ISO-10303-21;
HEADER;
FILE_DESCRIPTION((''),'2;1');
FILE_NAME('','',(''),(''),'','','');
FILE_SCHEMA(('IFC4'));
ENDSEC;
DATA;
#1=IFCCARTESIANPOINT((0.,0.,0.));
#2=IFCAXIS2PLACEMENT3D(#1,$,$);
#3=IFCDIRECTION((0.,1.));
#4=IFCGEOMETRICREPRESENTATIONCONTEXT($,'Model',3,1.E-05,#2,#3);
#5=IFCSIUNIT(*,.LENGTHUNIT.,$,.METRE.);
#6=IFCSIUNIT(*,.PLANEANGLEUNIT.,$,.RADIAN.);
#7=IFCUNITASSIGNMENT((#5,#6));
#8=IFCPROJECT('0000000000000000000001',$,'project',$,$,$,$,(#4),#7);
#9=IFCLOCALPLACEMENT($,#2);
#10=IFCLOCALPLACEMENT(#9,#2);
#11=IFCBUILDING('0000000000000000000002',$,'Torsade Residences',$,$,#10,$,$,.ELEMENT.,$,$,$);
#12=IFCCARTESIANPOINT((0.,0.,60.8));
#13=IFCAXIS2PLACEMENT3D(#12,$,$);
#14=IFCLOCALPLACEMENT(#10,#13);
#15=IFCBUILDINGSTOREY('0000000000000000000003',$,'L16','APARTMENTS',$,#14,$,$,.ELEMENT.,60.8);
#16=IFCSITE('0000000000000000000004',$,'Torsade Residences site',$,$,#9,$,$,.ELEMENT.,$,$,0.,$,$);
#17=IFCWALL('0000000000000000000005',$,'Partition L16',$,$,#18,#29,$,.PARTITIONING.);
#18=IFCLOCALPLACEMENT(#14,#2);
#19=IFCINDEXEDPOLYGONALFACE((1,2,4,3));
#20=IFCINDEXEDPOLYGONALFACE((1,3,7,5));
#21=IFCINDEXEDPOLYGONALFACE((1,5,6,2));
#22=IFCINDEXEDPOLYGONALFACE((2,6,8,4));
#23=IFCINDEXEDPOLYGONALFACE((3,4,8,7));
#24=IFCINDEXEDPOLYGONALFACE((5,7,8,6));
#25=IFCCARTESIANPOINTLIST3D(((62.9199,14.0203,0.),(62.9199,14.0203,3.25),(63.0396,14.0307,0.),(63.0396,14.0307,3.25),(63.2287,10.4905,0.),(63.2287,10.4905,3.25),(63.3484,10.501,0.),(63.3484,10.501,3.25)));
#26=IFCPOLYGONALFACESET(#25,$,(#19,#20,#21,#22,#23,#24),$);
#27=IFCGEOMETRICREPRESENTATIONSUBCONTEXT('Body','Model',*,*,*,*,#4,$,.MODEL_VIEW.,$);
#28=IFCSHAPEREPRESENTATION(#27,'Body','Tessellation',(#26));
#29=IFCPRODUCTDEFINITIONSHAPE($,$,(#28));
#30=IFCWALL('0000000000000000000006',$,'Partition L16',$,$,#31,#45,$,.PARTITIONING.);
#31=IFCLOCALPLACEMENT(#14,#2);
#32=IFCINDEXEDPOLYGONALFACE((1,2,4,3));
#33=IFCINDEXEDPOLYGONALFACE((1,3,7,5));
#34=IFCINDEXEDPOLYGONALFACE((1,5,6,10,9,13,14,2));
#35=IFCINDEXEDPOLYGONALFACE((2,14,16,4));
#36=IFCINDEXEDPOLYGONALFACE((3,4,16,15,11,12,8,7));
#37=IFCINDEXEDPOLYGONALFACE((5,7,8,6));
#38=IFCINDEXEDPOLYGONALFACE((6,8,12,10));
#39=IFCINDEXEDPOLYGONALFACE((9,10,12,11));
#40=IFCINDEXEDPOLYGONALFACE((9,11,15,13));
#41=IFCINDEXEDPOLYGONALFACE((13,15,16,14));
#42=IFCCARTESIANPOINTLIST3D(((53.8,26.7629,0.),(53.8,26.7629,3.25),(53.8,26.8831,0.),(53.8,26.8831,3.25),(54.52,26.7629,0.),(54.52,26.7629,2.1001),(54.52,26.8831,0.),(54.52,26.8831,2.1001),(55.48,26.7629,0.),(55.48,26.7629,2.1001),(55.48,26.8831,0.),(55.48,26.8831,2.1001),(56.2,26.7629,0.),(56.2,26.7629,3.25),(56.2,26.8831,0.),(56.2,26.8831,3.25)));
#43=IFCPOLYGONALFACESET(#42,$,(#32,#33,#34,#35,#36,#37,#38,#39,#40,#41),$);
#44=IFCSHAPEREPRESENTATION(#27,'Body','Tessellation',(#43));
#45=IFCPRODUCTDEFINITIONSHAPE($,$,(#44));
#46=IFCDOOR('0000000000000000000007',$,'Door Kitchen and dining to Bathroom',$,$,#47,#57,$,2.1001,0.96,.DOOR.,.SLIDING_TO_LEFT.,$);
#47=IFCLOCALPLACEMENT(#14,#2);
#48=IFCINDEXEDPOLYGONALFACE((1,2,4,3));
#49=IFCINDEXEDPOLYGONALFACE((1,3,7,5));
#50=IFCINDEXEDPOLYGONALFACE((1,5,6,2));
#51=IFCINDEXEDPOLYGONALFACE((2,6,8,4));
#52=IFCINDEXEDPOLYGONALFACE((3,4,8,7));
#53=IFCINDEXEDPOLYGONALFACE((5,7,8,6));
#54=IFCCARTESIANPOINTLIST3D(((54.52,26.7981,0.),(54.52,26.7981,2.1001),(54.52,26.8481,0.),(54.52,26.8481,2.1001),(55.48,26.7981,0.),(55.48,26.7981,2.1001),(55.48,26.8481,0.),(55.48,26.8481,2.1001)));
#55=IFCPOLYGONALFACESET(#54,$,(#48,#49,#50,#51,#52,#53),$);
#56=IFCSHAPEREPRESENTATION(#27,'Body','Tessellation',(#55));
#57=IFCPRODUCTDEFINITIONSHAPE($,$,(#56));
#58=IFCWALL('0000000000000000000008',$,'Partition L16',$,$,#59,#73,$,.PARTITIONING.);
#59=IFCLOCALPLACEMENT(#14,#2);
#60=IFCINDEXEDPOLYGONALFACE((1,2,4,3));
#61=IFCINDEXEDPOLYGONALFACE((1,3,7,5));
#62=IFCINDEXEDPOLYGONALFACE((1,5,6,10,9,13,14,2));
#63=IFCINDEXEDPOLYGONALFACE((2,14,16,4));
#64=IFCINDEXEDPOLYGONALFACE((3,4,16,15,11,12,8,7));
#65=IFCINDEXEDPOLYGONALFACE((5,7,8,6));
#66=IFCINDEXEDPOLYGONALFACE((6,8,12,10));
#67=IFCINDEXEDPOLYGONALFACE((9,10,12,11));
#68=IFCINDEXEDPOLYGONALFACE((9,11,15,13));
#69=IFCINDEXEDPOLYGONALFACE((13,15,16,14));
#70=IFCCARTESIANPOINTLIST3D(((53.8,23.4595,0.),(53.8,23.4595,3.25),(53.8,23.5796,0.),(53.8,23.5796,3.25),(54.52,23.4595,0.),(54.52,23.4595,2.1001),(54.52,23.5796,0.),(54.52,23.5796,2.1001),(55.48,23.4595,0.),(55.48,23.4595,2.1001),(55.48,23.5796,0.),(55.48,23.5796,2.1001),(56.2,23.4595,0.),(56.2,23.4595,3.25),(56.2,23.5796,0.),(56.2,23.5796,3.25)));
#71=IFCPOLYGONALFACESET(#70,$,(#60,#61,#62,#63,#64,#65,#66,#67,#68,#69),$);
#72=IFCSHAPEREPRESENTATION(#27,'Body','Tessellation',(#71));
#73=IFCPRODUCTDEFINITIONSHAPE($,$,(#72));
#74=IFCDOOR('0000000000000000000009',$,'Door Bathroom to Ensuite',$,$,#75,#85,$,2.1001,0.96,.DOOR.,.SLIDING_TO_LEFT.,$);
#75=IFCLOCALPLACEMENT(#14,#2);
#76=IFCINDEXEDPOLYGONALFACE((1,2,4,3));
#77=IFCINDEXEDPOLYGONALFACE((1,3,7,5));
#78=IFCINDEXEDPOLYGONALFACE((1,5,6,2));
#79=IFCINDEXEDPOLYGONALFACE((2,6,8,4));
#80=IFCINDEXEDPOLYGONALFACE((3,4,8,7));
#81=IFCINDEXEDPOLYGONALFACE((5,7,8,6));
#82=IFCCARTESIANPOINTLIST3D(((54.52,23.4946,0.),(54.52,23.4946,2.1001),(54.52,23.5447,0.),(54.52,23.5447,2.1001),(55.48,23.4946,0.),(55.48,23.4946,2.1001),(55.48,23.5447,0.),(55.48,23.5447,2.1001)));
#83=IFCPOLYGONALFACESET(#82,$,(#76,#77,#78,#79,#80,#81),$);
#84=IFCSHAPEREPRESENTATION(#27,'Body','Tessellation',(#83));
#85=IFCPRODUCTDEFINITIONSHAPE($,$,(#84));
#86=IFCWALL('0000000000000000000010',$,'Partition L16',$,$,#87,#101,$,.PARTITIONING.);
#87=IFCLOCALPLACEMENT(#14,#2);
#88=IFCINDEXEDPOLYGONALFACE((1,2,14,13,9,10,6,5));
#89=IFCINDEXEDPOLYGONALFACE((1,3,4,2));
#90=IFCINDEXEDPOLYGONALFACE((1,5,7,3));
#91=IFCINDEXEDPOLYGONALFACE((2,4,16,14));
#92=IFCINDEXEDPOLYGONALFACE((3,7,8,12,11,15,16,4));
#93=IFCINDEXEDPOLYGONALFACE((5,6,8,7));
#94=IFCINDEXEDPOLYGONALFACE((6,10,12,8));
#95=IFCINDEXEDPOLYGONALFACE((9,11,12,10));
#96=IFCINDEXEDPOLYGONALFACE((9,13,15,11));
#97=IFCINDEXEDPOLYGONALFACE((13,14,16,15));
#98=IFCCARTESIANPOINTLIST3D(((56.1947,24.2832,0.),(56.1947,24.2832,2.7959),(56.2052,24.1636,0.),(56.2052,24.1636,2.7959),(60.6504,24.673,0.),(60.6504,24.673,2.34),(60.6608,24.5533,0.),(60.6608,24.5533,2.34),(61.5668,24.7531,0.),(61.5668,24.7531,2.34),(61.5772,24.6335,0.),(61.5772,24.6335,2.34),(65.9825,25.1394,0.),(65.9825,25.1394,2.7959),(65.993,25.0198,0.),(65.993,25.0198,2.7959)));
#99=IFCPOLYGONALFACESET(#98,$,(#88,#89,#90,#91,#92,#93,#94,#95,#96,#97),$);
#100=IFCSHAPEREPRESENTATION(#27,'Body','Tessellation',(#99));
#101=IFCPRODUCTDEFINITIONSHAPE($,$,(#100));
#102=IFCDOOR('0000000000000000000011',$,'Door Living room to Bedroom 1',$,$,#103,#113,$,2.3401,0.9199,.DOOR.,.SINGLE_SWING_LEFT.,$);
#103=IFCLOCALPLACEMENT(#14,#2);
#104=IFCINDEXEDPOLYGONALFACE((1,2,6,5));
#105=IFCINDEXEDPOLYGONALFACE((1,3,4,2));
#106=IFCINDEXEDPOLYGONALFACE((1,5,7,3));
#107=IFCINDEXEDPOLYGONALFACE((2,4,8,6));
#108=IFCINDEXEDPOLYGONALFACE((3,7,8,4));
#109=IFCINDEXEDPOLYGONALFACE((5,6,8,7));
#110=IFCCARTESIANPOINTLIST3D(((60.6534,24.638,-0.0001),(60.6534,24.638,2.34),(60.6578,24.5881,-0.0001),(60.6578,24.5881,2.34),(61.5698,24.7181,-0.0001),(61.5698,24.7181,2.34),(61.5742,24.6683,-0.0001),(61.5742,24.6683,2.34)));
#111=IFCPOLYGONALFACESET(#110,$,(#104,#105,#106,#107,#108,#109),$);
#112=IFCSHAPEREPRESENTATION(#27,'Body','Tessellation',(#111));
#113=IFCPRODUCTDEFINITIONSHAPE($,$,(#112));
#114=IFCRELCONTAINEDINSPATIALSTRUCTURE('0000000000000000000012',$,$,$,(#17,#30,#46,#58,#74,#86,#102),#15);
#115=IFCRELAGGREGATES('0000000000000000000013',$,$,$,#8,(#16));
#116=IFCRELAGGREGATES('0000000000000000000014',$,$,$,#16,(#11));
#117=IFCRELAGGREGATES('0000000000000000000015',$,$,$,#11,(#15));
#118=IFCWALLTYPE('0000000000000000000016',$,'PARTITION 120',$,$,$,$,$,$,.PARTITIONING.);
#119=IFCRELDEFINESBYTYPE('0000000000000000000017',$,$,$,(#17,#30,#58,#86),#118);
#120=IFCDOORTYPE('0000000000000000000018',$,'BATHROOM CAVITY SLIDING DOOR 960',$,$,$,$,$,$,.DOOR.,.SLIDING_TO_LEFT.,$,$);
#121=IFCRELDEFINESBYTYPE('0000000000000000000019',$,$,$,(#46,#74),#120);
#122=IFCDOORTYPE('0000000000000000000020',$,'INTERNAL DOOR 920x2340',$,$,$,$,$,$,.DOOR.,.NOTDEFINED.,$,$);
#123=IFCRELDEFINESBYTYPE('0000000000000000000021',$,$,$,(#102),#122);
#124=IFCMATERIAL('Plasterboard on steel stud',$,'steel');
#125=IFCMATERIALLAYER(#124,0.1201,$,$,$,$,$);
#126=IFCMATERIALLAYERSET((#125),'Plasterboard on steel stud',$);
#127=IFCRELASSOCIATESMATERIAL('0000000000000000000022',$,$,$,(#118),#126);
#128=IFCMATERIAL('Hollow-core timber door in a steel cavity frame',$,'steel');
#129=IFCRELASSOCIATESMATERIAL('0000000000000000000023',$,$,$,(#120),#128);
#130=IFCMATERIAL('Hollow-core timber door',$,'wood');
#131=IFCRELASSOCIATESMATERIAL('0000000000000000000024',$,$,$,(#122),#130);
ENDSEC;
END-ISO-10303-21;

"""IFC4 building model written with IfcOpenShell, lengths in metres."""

from ifc_helpers import new_model, si_unit, direction, frame, frame_2d, origin, place, context, subcontext, project, spatial, rectangle, extrude, material, layer, layer_set, type_object, element, fill, save


model = new_model("IFC4")

# Units and contexts
model_context = context("Model", 3, precision=1e-05, world=origin(), true_north=direction((0.0, 1.0)))
body_context = subcontext(model_context, "Body", "Model", "MODEL_VIEW")
ifc_project = project(units=[si_unit("LENGTHUNIT", "METRE"), si_unit("PLANEANGLEUNIT", "RADIAN")], contexts=[model_context])

# Site, building, storey
site_placement = place(None, origin())
site = spatial("IfcSite", under=ifc_project, at=site_placement, Name="Torsade Residences site", CompositionType="ELEMENT", RefElevation=0.0)
building_placement = place(site_placement, origin())
building = spatial("IfcBuilding", under=site, at=building_placement, Name="Torsade Residences", CompositionType="ELEMENT")
storey_placement = place(building_placement, frame((0.0, 0.0, 60.8)))
storey = spatial("IfcBuildingStorey", under=building, at=storey_placement, Name="L16", Description="APARTMENTS", CompositionType="ELEMENT", Elevation=60.8)

# Shared definitions
ifc_material_1 = material(Name="Plasterboard on steel stud", Category="steel")
ifc_layer_1 = layer(ifc_material_1, 0.1201)
ifc_layer_set_1 = layer_set([ifc_layer_1], Name="Plasterboard on steel stud")
wall_type_1 = type_object("IfcWallType", Name="PARTITION 120", PredefinedType="PARTITIONING", material=ifc_layer_set_1)
ifc_material_2 = material(Name="Hollow-core timber door in a steel cavity frame", Category="steel")
door_type_1 = type_object("IfcDoorType", Name="BATHROOM CAVITY SLIDING DOOR 960", OperationType="SLIDING_TO_LEFT", PredefinedType="DOOR", material=ifc_material_2)

# Wall
wall_1_placement = place(storey_placement, frame((62.9797, 14.0254, 0.0), z_axis=(0.0, 0.0, 1.0), x_axis=(0.087162, -0.996194, 0.0)))
element("IfcWall", 1, at=wall_1_placement, inside=storey, type_object=wall_type_1, Name="Partition L16", PredefinedType="PARTITIONING", context=body_context, shape_type="SweptSolid", body=[
    extrude(rectangle(XDim=3.5432, YDim=0.1201, at=frame_2d((1.7715, 0.0))), origin(), (0.0, 0.0, 1.0), 3.25),
])

# Walls, openings, doors
wall_2_placement = place(storey_placement, frame((56.2, 26.823, 0.0), z_axis=(0.0, 0.0, 1.0), x_axis=(-1.0, 0.0, 0.0)))
wall_2 = element("IfcWall", 2, at=wall_2_placement, inside=storey, type_object=wall_type_1, Name="Partition L16", PredefinedType="PARTITIONING", context=body_context, shape_type="SweptSolid", body=[
    extrude(rectangle(XDim=2.3999, YDim=0.1201, at=frame_2d((1.2, 0.0))), origin(), (0.0, 0.0, 1.0), 3.25),
])
opening_1_placement = place(wall_2_placement, frame((0.72, 0.0, 0.0)))
opening_1 = element("IfcOpeningElement", 3, at=opening_1_placement, cuts=wall_2, PredefinedType="OPENING", context=body_context, shape_type="SweptSolid", body=[
    extrude(rectangle(XDim=0.96, YDim=2.1001, at=frame_2d((0.48, 1.05))), frame((0.0, 0.0701, 0.0), z_axis=(0.0, -1.0, 0.0), x_axis=(1.0, 0.0, 0.0)), (0.0, 0.0, 1.0), 0.1401),
])
door_1_placement = place(opening_1_placement, origin())
door_1 = element("IfcDoor", 4, at=door_1_placement, inside=storey, type_object=door_type_1, Name="Door Kitchen and dining to Bathroom", OperationType="SLIDING_TO_LEFT", OverallHeight=2.1001, OverallWidth=0.96, PredefinedType="DOOR", context=body_context, shape_type="SweptSolid", body=[
    extrude(rectangle(XDim=0.96, YDim=2.1001, at=frame_2d((0.48, 1.05))), frame((0.0, 0.0249, 0.0), z_axis=(0.0, -1.0, 0.0), x_axis=(1.0, 0.0, 0.0)), (0.0, 0.0, 1.0), 0.05),
])
fill(opening_1, door_1)
wall_3_placement = place(storey_placement, frame((56.2, 23.5195, 0.0), z_axis=(0.0, 0.0, 1.0), x_axis=(-1.0, 0.0, 0.0)))
wall_3 = element("IfcWall", 5, at=wall_3_placement, inside=storey, type_object=wall_type_1, Name="Partition L16", PredefinedType="PARTITIONING", context=body_context, shape_type="SweptSolid", body=[
    extrude(rectangle(XDim=2.3999, YDim=0.1201, at=frame_2d((1.2, 0.0))), origin(), (0.0, 0.0, 1.0), 3.25),
])
opening_2_placement = place(wall_3_placement, frame((0.72, 0.0, 0.0)))
opening_2 = element("IfcOpeningElement", 6, at=opening_2_placement, cuts=wall_3, PredefinedType="OPENING", context=body_context, shape_type="SweptSolid", body=[
    extrude(rectangle(XDim=0.96, YDim=2.1001, at=frame_2d((0.48, 1.05))), frame((0.0, 0.0701, 0.0), z_axis=(0.0, -1.0, 0.0), x_axis=(1.0, 0.0, 0.0)), (0.0, 0.0, 1.0), 0.1401),
])
door_2_placement = place(opening_2_placement, origin())
door_2 = element("IfcDoor", 7, at=door_2_placement, inside=storey, type_object=door_type_1, Name="Door Bathroom to Ensuite", OperationType="SLIDING_TO_LEFT", OverallHeight=2.1001, OverallWidth=0.96, PredefinedType="DOOR", context=body_context, shape_type="SweptSolid", body=[
    extrude(rectangle(XDim=0.96, YDim=2.1001, at=frame_2d((0.48, 1.05))), frame((0.0, 0.0249, 0.0), z_axis=(0.0, -1.0, 0.0), x_axis=(1.0, 0.0, 0.0)), (0.0, 0.0, 1.0), 0.05),
])
fill(opening_2, door_2)
wall_4_placement = place(storey_placement, frame((56.2, 24.2234, 0.0), z_axis=(0.0, 0.0, 1.0), x_axis=(0.996196, 0.087143, 0.0)))
wall_4 = element("IfcWall", 8, at=wall_4_placement, inside=storey, type_object=wall_type_1, Name="Partition L16", PredefinedType="PARTITIONING", context=body_context, shape_type="SweptSolid", body=[
    extrude(rectangle(XDim=9.8252, YDim=0.1201, at=frame_2d((4.9126, 0.0))), origin(), (0.0, 0.0, 1.0), 2.7959),
])
opening_3_placement = place(wall_4_placement, frame((4.4727, 0.0, 0.0)))
opening_3 = element("IfcOpeningElement", 9, at=opening_3_placement, cuts=wall_4, PredefinedType="OPENING", context=body_context, shape_type="SweptSolid", body=[
    extrude(rectangle(XDim=0.9199, YDim=2.3401, at=frame_2d((0.46, 1.1699))), frame((0.0, 0.0701, 0.0), z_axis=(0.0, -1.0, 0.0), x_axis=(1.0, 0.0, 0.0)), (0.0, 0.0, 1.0), 0.1401),
])
ifc_material_3 = material(Name="Hollow-core timber door", Category="wood")
door_type_2 = type_object("IfcDoorType", Name="INTERNAL DOOR 920x2340", OperationType="NOTDEFINED", PredefinedType="DOOR", material=ifc_material_3)
door_3_placement = place(opening_3_placement, origin())
door_3 = element("IfcDoor", 10, at=door_3_placement, inside=storey, type_object=door_type_2, Name="Door Living room to Bedroom 1", OperationType="SINGLE_SWING_LEFT", OverallHeight=2.3401, OverallWidth=0.9199, PredefinedType="DOOR", context=body_context, shape_type="SweptSolid", body=[
    extrude(rectangle(XDim=0.9199, YDim=2.3401, at=frame_2d((0.46, 1.1699))), frame((0.0, 0.0249, 0.0), z_axis=(0.0, -1.0, 0.0), x_axis=(1.0, 0.0, 0.0)), (0.0, 0.0, 1.0), 0.05),
])
fill(opening_3, door_3)

save(model, "model.ifc")
